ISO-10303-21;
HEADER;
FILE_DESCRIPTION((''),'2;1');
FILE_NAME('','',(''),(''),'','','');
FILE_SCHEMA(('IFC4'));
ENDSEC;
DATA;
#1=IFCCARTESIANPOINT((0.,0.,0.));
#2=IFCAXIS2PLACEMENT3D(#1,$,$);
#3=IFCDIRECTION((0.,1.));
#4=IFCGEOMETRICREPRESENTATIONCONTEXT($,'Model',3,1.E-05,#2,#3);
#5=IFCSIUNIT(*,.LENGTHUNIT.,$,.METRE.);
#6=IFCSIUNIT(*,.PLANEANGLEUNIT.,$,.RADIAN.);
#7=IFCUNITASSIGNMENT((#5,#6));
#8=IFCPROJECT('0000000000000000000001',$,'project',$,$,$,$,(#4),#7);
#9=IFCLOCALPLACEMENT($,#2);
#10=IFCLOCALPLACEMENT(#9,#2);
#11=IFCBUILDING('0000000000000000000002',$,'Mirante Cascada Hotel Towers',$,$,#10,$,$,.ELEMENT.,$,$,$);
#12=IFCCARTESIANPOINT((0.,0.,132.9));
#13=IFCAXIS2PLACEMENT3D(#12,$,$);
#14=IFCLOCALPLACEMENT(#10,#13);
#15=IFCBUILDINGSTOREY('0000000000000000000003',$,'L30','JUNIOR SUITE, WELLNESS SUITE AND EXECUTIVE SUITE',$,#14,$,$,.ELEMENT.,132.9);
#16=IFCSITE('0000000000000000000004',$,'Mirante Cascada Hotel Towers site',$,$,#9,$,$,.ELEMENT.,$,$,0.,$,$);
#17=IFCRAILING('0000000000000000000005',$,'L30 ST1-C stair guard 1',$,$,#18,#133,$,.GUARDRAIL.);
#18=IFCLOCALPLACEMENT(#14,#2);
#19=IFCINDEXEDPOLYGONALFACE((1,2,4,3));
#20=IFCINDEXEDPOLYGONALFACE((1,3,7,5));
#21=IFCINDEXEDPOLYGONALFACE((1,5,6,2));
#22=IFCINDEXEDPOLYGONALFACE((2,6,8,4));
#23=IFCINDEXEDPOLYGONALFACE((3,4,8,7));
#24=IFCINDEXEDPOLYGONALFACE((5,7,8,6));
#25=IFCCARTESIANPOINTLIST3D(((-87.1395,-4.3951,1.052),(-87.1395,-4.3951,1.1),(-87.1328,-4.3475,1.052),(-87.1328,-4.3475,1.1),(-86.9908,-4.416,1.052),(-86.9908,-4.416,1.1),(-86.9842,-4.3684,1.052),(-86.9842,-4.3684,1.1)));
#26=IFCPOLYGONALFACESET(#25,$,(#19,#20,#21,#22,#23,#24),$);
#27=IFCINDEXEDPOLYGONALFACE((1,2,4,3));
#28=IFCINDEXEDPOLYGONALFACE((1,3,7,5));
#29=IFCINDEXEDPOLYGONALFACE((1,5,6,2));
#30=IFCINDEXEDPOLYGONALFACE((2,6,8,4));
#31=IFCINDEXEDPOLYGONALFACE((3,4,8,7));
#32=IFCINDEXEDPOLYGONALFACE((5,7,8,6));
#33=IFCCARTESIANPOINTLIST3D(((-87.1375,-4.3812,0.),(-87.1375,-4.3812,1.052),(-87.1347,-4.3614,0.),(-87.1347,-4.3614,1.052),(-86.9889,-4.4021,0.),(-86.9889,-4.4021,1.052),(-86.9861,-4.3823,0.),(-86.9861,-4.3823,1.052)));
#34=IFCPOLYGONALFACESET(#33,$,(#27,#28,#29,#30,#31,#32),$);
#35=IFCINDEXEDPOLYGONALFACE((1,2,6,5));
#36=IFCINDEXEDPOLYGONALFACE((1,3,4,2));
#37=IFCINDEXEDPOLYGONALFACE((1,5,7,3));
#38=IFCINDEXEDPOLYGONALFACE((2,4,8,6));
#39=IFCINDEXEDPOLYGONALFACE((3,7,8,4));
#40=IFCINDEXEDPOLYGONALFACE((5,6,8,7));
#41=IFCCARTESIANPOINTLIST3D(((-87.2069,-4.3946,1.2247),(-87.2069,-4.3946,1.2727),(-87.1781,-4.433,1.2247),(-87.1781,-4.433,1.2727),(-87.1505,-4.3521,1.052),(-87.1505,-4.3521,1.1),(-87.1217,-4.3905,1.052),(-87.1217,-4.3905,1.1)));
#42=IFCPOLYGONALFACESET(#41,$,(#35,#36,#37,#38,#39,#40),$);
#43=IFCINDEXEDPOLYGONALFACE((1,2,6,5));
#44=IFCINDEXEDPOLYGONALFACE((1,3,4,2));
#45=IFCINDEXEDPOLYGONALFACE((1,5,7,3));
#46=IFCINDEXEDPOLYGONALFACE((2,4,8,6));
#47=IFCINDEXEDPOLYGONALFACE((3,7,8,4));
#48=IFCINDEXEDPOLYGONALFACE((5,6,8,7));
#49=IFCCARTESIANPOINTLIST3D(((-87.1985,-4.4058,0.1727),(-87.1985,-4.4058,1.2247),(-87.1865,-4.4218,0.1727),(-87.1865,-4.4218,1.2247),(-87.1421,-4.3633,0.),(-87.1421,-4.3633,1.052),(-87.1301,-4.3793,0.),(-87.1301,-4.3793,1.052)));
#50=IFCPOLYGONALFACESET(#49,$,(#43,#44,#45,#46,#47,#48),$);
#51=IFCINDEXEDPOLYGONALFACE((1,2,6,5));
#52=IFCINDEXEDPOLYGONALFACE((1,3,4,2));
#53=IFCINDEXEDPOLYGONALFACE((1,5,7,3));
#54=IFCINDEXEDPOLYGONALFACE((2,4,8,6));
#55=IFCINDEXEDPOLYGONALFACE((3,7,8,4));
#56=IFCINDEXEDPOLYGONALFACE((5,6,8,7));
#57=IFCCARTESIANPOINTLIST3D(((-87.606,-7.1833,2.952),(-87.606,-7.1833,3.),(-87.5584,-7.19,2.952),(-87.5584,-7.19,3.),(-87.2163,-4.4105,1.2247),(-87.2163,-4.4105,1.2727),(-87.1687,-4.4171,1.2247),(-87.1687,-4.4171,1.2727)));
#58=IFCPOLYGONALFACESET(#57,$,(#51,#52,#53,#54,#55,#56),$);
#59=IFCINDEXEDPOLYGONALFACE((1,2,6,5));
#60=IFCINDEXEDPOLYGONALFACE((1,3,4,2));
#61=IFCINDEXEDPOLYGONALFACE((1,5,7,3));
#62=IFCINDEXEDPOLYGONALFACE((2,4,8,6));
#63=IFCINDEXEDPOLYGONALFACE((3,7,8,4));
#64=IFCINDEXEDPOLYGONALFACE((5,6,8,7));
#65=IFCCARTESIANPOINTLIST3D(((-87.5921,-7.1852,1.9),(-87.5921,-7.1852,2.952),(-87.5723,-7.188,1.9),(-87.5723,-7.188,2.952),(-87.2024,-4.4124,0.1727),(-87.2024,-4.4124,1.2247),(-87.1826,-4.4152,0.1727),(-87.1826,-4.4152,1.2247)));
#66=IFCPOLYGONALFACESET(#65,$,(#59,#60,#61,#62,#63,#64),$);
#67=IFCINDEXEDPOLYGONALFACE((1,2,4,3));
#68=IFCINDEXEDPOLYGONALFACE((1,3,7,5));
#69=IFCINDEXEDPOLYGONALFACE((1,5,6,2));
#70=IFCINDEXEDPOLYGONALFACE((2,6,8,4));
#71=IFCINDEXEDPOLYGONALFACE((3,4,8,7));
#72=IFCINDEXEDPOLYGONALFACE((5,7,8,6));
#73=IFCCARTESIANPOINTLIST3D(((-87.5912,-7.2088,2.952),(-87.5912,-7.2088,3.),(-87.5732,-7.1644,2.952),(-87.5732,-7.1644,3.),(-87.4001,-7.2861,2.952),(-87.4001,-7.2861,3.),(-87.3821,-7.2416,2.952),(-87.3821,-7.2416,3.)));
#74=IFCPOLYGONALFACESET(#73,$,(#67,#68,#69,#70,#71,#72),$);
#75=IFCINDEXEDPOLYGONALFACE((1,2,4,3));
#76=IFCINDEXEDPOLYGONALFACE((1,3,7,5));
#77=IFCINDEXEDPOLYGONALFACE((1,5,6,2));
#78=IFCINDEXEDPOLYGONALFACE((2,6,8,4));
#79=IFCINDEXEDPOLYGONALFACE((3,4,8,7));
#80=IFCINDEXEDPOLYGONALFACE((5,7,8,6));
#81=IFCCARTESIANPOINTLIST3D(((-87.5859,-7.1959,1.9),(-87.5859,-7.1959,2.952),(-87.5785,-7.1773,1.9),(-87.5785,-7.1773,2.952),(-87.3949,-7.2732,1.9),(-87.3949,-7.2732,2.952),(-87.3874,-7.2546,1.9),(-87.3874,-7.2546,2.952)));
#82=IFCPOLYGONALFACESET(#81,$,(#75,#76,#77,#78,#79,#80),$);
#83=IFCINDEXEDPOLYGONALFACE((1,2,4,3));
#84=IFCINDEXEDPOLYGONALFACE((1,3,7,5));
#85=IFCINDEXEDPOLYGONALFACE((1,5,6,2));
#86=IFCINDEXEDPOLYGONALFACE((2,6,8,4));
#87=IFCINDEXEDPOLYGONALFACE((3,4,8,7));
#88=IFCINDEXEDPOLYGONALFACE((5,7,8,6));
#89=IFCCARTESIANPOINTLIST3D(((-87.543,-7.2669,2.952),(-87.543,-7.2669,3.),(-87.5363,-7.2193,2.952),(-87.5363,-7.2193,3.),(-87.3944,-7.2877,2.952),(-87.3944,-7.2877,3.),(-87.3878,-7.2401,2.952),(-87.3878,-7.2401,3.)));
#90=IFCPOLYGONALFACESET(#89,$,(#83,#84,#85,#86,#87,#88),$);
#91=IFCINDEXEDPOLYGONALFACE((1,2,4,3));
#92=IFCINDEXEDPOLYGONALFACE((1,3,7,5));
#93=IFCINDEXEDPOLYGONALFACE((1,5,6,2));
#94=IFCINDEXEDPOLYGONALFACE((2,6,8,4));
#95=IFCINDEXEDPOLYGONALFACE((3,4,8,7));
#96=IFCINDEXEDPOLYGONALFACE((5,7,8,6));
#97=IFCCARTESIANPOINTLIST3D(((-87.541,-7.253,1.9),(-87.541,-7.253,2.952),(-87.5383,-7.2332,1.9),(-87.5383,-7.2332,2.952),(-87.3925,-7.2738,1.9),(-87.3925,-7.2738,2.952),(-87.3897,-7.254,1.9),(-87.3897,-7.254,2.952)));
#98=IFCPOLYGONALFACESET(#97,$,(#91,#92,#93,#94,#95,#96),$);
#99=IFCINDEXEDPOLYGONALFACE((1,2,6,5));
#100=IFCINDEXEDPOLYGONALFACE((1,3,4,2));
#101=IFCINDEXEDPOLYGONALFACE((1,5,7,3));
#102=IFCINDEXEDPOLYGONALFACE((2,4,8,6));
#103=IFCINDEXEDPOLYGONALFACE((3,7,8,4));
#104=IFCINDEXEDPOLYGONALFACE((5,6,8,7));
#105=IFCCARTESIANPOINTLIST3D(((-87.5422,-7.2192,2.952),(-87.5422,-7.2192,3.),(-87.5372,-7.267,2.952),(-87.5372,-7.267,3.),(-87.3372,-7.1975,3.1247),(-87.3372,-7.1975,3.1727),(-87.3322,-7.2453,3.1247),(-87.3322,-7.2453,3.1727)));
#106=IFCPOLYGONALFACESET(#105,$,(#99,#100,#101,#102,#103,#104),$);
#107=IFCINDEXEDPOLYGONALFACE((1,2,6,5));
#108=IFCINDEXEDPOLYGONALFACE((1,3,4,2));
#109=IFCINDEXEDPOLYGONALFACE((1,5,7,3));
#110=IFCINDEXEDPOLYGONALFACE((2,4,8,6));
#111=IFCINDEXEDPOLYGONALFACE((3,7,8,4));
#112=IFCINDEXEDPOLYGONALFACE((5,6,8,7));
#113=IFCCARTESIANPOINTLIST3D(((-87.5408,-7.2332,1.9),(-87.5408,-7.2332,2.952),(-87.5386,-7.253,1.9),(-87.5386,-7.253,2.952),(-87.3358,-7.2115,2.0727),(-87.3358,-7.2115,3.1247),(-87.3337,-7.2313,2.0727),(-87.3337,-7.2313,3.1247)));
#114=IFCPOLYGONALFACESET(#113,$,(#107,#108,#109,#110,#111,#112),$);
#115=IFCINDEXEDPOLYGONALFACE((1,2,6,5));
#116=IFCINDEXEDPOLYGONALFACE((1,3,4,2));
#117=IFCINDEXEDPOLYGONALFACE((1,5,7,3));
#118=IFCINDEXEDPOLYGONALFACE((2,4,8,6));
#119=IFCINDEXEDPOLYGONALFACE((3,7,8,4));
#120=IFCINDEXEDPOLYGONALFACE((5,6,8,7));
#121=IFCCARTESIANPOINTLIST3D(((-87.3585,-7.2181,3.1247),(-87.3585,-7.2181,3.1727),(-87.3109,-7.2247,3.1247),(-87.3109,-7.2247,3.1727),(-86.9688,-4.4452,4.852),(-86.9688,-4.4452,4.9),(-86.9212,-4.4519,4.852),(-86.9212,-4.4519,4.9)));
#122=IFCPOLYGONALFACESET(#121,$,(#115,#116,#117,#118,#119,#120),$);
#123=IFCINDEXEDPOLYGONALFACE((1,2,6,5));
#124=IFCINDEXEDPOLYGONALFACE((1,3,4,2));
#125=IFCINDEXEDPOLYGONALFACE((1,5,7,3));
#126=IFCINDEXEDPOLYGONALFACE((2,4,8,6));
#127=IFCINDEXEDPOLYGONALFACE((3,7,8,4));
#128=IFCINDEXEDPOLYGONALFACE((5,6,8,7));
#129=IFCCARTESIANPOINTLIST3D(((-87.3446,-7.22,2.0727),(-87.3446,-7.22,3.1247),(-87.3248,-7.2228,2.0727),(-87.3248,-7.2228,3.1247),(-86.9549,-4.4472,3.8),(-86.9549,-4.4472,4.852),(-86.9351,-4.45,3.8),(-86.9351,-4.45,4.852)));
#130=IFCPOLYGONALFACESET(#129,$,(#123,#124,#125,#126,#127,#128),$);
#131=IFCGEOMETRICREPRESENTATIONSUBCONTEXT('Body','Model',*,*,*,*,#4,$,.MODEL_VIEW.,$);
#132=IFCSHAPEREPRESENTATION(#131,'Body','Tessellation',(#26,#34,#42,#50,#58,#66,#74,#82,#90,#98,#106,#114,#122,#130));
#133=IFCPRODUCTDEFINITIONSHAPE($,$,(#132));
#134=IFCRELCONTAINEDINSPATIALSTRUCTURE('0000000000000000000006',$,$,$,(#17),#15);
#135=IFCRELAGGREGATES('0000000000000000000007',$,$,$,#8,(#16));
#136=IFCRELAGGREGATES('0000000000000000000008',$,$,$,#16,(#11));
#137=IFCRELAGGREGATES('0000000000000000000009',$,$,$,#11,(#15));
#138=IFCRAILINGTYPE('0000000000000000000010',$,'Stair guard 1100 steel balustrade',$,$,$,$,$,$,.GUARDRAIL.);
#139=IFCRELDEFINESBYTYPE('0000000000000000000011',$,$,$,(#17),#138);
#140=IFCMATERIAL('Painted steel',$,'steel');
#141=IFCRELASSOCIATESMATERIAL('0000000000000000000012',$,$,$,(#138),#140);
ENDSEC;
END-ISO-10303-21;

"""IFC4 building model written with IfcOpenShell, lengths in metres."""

from ifc_helpers import new_model, si_unit, direction, frame, origin, origin_2d, place, context, subcontext, project, spatial, rectangle, extrude, material, type_object, element, save


model = new_model("IFC4")

# Units and contexts
model_context = context("Model", 3, precision=1e-05, world=origin(), true_north=direction((0.0, 1.0)))
body_context = subcontext(model_context, "Body", "Model", "MODEL_VIEW")
ifc_project = project(units=[si_unit("LENGTHUNIT", "METRE"), si_unit("PLANEANGLEUNIT", "RADIAN")], contexts=[model_context])

# Site, building, storey
site_placement = place(None, origin())
site = spatial("IfcSite", under=ifc_project, at=site_placement, Name="Mirante Cascada Hotel Towers site", CompositionType="ELEMENT", RefElevation=0.0)
building_placement = place(site_placement, origin())
building = spatial("IfcBuilding", under=site, at=building_placement, Name="Mirante Cascada Hotel Towers", CompositionType="ELEMENT")
storey_placement = place(building_placement, frame((0.0, 0.0, 132.9)))
storey = spatial("IfcBuildingStorey", under=building, at=storey_placement, Name="L30", Description="JUNIOR SUITE, WELLNESS SUITE AND EXECUTIVE SUITE", CompositionType="ELEMENT", Elevation=132.9)

# Railing
ifc_material_1 = material(Name="Painted steel", Category="steel")
railing_type = type_object("IfcRailingType", Name="Stair guard 1100 steel balustrade", PredefinedType="GUARDRAIL", material=ifc_material_1)
railing_placement = place(storey_placement, frame((-86.9875, -4.3922, 0.0)))
element("IfcRailing", 1, at=railing_placement, inside=storey, type_object=railing_type, Name="L30 ST1-C stair guard 1", PredefinedType="GUARDRAIL", context=body_context, shape_type="SweptSolid", body=[
    extrude(rectangle(XDim=0.048, YDim=0.048, at=origin_2d()), frame((0.0, 0.0, 1.076), z_axis=(-0.990254, 0.139275, 0.0), x_axis=(-0.139275, -0.990254, 0.0)), (0.0, 0.0, 1.0), 0.1501),
    extrude(rectangle(XDim=0.02, YDim=1.052, at=origin_2d()), frame((0.0, 0.0, 0.526), z_axis=(-0.990254, 0.139275, 0.0), x_axis=(-0.139275, -0.990254, 0.0)), (0.0, 0.0, 1.0), 0.1501),
    extrude(rectangle(XDim=0.048, YDim=0.048, at=origin_2d()), frame((-0.1486, 0.0209, 1.076), z_axis=(-0.798639, -0.601811, 0.0), x_axis=(0.601811, -0.798639, 0.0)), (0.0, 0.925603, 0.378496), 0.1866),
    extrude(rectangle(XDim=0.02, YDim=1.052, at=origin_2d()), frame((-0.1486, 0.0209, 0.526), z_axis=(-0.798639, -0.601811, 0.0), x_axis=(0.601811, -0.798639, 0.0)), (0.0, 0.925603, 0.378496), 0.1866),
    extrude(rectangle(XDim=0.048, YDim=0.048, at=origin_2d()), frame((-0.205, -0.0216, 1.2487), z_axis=(-0.139176, -0.990268, 0.0), x_axis=(0.990268, -0.139176, 0.0)), (0.0, 0.525021, 0.851089), 3.29),
    extrude(rectangle(XDim=0.02, YDim=1.052, at=origin_2d()), frame((-0.205, -0.0216, 0.6987), z_axis=(-0.139176, -0.990268, 0.0), x_axis=(0.990268, -0.139176, 0.0)), (0.0, 0.525021, 0.851089), 3.29),
    extrude(rectangle(XDim=0.048, YDim=0.048, at=origin_2d()), frame((-0.5947, -2.7944, 2.976), z_axis=(0.927031, -0.374984, 0.0), x_axis=(0.374984, 0.927031, 0.0)), (0.0, 0.0, 1.0), 0.2061),
    extrude(rectangle(XDim=0.02, YDim=1.052, at=origin_2d()), frame((-0.5947, -2.7944, 2.426), z_axis=(0.927031, -0.374984, 0.0), x_axis=(0.374984, 0.927031, 0.0)), (0.0, 0.0, 1.0), 0.2061),
    extrude(rectangle(XDim=0.048, YDim=0.048, at=origin_2d()), frame((-0.4036, -2.8717, 2.976), z_axis=(-0.990345, 0.138622, 0.0), x_axis=(-0.138622, -0.990345, 0.0)), (0.0, 0.0, 1.0), 0.15),
    extrude(rectangle(XDim=0.02, YDim=1.052, at=origin_2d()), frame((-0.4036, -2.8717, 2.426), z_axis=(-0.990345, 0.138622, 0.0), x_axis=(-0.138622, -0.990345, 0.0)), (0.0, 0.0, 1.0), 0.15),
    extrude(rectangle(XDim=0.048, YDim=0.048, at=origin_2d()), frame((-0.5522, -2.8509, 2.976), z_axis=(0.994444, 0.105266, 0.0), x_axis=(-0.105266, 0.994444, 0.0)), (0.0, 0.642184, 0.76655), 0.2689),
    extrude(rectangle(XDim=0.02, YDim=1.052, at=origin_2d()), frame((-0.5522, -2.8509, 2.426), z_axis=(0.994444, 0.105266, 0.0), x_axis=(-0.105266, 0.994444, 0.0)), (0.0, 0.642184, 0.76655), 0.2689),
    extrude(rectangle(XDim=0.048, YDim=0.048, at=origin_2d()), frame((-0.3472, -2.8292, 3.1487), z_axis=(0.139176, 0.990268, 0.0), x_axis=(-0.990268, 0.139176, 0.0)), (0.0, 0.525021, 0.851089), 3.29),
    extrude(rectangle(XDim=0.02, YDim=1.052, at=origin_2d()), frame((-0.3472, -2.8292, 2.5987), z_axis=(0.139176, 0.990268, 0.0), x_axis=(-0.990268, 0.139176, 0.0)), (0.0, 0.525021, 0.851089), 3.29),
])

save(model, "model.ifc")
